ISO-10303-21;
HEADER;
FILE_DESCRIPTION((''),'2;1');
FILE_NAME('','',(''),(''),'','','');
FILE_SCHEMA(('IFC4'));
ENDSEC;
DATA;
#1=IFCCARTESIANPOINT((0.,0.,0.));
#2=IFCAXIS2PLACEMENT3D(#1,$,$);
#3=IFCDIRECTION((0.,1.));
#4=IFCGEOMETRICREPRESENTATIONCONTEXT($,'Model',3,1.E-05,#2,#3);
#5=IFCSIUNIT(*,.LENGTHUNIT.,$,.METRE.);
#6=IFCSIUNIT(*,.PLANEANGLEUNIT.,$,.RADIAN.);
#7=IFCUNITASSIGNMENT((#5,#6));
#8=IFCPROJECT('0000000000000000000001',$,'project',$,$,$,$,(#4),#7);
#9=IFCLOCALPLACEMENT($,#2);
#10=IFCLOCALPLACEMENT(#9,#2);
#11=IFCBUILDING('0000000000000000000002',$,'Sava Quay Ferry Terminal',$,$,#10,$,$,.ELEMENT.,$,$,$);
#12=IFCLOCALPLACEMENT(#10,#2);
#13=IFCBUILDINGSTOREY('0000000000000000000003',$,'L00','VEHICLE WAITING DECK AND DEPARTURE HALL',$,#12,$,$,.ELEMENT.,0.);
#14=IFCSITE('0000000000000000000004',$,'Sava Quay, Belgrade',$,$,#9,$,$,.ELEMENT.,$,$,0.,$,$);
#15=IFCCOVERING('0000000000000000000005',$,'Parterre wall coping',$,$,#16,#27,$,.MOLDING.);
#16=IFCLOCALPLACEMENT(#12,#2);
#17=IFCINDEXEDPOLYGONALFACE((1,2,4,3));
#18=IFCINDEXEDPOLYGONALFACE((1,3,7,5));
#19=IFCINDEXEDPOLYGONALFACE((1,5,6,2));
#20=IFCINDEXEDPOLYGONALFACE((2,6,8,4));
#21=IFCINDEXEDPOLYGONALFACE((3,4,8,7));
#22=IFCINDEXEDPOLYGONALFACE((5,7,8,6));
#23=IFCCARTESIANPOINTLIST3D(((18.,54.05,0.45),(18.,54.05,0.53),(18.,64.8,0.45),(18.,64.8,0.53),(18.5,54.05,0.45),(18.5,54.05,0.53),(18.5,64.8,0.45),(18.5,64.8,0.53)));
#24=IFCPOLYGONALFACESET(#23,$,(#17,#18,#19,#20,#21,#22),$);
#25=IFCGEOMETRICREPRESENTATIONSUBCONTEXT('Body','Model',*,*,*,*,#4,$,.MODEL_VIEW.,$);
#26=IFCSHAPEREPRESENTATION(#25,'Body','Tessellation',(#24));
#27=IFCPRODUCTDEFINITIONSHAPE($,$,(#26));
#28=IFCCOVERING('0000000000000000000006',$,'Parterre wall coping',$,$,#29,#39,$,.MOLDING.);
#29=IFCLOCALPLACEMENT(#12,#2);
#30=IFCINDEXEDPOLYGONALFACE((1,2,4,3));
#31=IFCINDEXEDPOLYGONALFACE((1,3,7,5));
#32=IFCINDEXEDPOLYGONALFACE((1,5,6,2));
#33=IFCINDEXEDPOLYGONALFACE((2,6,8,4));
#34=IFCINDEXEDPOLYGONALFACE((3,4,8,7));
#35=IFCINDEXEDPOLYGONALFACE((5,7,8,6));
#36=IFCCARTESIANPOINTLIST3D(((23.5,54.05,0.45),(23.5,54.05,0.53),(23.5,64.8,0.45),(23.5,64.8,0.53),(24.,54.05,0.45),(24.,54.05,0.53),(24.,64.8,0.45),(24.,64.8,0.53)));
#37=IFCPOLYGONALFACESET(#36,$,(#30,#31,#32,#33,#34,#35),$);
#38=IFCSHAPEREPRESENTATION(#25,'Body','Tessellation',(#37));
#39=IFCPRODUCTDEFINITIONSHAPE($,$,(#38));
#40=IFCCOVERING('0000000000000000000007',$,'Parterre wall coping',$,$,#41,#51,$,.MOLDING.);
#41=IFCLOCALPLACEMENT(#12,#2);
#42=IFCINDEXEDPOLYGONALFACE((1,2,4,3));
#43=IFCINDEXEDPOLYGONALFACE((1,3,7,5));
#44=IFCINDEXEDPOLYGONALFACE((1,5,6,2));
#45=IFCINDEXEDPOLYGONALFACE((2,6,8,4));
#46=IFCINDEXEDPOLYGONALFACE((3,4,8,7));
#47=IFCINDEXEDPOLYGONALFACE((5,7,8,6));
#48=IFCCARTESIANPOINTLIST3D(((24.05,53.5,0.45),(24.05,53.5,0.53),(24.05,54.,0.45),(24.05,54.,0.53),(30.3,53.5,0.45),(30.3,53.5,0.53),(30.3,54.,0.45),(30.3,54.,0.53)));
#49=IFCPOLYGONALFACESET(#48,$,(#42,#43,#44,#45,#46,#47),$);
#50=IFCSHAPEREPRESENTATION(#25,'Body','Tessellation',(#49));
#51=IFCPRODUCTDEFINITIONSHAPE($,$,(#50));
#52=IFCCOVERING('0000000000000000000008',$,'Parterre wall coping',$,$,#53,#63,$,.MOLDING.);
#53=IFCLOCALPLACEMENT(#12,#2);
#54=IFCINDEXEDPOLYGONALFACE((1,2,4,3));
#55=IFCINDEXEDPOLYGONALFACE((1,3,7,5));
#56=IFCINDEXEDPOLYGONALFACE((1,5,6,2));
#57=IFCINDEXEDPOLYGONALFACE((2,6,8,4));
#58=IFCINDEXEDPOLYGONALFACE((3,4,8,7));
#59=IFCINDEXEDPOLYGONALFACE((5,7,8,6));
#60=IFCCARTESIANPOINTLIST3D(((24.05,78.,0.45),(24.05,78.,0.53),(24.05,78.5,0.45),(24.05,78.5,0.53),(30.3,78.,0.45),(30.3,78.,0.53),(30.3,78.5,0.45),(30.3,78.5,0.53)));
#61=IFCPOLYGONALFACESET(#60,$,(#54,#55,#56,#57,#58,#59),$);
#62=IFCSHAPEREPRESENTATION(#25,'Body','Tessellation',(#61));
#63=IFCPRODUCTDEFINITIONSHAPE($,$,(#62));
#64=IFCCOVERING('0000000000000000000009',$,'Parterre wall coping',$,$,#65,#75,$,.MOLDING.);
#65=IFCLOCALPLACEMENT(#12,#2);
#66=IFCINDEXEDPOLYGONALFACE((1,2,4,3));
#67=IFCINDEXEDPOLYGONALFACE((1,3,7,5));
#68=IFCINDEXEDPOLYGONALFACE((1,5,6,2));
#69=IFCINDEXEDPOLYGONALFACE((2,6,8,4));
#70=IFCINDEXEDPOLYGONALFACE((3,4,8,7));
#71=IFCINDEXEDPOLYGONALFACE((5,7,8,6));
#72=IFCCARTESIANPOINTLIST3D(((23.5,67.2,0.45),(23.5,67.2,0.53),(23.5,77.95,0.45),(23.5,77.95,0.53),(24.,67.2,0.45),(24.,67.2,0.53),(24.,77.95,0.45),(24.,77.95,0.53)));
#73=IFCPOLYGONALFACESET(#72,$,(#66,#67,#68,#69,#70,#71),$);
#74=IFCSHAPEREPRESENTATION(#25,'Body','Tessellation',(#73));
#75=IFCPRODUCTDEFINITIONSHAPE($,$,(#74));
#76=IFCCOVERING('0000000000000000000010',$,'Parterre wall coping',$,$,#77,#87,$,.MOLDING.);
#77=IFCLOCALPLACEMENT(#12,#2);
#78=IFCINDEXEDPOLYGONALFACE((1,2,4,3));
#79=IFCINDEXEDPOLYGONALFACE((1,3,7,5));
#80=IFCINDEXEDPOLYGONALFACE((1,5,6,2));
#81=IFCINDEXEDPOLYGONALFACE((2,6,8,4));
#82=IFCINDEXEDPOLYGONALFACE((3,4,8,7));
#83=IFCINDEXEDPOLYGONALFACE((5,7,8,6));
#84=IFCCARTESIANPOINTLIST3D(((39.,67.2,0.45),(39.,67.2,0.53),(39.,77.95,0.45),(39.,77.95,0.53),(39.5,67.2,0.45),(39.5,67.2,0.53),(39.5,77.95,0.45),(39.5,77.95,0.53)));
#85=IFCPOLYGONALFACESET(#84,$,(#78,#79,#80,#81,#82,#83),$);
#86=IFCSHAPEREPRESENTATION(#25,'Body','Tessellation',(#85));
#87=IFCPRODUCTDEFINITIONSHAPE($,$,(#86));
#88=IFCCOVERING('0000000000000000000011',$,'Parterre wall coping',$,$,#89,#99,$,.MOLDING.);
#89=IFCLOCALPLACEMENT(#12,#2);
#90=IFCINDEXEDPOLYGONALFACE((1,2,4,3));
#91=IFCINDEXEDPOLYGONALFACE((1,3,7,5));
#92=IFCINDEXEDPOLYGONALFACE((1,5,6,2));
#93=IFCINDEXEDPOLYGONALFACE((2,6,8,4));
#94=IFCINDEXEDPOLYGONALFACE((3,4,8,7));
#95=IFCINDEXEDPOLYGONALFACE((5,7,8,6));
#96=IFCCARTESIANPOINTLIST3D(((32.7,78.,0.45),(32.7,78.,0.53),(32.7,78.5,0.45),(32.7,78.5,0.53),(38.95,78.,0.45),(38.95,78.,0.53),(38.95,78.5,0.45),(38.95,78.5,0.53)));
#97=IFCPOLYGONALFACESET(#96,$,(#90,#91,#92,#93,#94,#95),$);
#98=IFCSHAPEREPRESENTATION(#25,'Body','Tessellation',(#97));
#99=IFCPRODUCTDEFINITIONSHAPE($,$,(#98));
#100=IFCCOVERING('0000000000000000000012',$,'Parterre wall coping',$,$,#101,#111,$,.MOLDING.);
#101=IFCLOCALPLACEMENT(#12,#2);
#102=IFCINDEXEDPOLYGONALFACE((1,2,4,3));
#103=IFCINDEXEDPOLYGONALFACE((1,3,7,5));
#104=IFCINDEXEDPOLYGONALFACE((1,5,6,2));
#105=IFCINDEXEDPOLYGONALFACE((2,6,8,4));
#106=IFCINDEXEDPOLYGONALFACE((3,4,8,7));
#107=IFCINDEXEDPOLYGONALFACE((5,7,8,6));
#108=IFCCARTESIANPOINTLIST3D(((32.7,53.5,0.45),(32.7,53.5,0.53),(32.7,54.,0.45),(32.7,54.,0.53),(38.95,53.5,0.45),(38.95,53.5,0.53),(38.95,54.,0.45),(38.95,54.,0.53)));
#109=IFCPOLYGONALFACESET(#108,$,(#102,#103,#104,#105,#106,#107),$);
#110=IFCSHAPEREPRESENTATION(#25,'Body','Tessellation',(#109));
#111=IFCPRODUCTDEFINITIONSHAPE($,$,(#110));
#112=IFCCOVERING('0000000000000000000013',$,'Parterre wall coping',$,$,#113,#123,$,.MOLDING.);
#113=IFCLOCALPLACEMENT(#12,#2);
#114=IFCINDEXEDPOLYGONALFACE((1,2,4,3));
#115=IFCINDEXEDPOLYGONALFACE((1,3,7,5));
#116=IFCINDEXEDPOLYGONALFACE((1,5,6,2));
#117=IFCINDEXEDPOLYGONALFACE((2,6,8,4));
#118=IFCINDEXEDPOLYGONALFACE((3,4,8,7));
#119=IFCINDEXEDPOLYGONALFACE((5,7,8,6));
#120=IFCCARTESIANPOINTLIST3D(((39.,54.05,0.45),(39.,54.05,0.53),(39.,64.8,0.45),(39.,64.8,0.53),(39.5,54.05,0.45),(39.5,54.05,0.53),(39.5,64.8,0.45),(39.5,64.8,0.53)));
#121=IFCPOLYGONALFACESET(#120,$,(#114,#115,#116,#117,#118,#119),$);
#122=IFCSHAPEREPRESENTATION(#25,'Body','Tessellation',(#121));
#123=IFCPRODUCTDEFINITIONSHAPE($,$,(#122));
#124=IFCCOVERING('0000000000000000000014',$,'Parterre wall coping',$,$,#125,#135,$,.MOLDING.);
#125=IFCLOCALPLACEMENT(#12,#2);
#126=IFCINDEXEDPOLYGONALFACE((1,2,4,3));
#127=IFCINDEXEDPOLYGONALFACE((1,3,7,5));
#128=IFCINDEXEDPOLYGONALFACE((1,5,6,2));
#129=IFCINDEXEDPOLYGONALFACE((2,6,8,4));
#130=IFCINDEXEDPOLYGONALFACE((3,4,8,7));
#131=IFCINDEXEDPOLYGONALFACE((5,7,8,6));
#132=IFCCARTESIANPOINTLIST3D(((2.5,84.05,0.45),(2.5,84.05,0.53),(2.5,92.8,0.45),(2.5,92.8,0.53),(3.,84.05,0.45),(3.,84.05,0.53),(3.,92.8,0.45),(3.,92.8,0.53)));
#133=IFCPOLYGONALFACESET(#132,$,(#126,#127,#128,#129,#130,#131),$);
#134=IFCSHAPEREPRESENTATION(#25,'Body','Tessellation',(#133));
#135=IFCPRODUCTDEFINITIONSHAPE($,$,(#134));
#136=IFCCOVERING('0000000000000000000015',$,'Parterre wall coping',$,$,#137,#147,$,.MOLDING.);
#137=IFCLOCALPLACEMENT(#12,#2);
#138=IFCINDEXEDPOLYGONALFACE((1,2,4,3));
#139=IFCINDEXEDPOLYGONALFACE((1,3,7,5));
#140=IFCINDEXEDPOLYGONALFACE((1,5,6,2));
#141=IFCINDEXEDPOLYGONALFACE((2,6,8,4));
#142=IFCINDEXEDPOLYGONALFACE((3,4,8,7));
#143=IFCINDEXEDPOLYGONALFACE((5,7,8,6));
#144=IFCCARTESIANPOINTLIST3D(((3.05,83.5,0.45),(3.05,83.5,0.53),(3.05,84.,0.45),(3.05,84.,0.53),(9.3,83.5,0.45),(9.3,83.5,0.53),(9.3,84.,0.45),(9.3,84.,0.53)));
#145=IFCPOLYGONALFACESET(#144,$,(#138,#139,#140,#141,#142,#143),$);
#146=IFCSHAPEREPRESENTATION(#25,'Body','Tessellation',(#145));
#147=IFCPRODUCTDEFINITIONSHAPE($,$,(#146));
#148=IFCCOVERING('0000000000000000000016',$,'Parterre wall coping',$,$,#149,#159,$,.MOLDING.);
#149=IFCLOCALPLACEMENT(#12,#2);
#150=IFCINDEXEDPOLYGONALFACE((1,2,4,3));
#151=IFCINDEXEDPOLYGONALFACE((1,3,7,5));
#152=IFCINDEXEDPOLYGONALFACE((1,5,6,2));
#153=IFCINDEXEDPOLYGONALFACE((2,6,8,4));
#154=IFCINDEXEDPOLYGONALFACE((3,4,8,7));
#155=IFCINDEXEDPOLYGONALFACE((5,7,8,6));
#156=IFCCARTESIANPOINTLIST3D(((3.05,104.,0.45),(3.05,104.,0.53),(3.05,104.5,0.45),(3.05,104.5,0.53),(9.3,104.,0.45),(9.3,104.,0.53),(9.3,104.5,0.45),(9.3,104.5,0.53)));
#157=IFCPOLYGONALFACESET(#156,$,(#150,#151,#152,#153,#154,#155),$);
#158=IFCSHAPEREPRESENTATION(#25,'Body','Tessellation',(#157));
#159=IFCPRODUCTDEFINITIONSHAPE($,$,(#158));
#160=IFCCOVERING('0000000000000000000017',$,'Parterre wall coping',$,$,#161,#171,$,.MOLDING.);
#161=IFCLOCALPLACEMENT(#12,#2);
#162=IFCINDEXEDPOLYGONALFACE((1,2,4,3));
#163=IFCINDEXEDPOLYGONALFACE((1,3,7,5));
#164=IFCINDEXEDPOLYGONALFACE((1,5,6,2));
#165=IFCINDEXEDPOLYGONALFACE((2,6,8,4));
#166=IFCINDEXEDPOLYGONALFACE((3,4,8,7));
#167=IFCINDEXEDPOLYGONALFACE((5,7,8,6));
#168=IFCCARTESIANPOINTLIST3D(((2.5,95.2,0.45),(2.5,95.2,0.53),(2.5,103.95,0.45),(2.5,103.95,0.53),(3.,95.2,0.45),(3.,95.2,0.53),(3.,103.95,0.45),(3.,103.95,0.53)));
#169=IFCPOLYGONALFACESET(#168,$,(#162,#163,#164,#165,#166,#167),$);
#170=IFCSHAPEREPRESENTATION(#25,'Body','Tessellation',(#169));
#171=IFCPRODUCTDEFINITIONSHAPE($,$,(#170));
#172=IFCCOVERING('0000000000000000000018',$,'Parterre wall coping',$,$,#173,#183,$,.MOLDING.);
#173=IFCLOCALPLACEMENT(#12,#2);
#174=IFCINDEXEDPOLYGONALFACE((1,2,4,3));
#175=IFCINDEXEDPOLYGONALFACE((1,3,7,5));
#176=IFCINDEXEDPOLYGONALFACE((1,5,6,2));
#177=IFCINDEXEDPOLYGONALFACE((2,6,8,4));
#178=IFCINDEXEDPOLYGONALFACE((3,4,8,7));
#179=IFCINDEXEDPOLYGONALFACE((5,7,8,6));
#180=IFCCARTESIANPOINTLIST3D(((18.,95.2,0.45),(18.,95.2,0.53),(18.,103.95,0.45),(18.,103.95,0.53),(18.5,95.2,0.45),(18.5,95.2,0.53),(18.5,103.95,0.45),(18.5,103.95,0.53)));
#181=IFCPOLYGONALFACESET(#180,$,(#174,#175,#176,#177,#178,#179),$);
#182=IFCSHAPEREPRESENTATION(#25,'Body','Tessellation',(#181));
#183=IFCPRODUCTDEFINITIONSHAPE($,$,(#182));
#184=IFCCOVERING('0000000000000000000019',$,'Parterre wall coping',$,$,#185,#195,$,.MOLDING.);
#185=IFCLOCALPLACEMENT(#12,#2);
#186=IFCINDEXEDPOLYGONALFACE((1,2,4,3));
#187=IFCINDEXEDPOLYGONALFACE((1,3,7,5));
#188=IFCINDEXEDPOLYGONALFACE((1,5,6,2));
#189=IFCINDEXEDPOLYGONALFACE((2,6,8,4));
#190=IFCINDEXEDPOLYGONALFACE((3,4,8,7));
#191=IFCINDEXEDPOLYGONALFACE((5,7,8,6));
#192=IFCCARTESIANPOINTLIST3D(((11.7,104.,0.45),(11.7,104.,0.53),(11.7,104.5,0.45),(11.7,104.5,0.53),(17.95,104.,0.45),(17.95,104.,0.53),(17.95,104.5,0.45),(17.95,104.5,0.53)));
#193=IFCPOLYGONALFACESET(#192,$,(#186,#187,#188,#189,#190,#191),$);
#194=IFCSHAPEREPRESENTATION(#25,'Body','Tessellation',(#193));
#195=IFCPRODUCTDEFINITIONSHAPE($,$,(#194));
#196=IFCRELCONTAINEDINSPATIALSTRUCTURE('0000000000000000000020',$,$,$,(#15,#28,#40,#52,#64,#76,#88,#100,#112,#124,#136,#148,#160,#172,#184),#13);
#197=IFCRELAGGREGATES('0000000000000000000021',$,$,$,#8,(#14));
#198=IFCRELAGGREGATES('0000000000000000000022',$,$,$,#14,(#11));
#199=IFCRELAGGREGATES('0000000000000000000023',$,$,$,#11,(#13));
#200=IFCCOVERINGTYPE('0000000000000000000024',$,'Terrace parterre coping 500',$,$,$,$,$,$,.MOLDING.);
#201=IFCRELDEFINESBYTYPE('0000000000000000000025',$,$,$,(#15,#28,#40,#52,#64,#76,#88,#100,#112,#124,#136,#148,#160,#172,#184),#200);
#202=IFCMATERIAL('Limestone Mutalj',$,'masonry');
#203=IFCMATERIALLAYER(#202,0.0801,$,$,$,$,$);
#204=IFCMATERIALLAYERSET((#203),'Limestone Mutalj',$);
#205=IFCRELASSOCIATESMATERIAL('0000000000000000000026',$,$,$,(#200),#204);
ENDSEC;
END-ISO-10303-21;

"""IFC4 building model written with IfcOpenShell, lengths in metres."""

from ifc_helpers import new_model, si_unit, direction, frame, origin, place, context, subcontext, project, spatial, polyline, outline, extrude, material, layer, layer_set, type_object, element, save


model = new_model("IFC4")

# Units and contexts
model_context = context("Model", 3, precision=1e-05, world=origin(), true_north=direction((0.0, 1.0)))
body_context = subcontext(model_context, "Body", "Model", "MODEL_VIEW")
ifc_project = project(units=[si_unit("LENGTHUNIT", "METRE"), si_unit("PLANEANGLEUNIT", "RADIAN")], contexts=[model_context])

# Site, building, storey
site_placement = place(None, origin())
site = spatial("IfcSite", under=ifc_project, at=site_placement, Name="Sava Quay, Belgrade", CompositionType="ELEMENT", RefElevation=0.0)
building_placement = place(site_placement, origin())
building = spatial("IfcBuilding", under=site, at=building_placement, Name="Sava Quay Ferry Terminal", CompositionType="ELEMENT")
storey_placement = place(building_placement, origin())
storey = spatial("IfcBuildingStorey", under=building, at=storey_placement, Name="L00", Description="VEHICLE WAITING DECK AND DEPARTURE HALL", CompositionType="ELEMENT", Elevation=0.0)

# Coverings
ifc_material_1 = material(Name="Limestone Mutalj", Category="masonry")
ifc_layer_1 = layer(ifc_material_1, 0.0801)
ifc_layer_set_1 = layer_set([ifc_layer_1], Name="Limestone Mutalj")
covering_type_1 = type_object("IfcCoveringType", Name="Terrace parterre coping 500", PredefinedType="MOLDING", material=ifc_layer_set_1)
covering_1_placement = place(storey_placement, frame((0.0, 0.0, 0.45)))
element("IfcCovering", 1, at=covering_1_placement, inside=storey, type_object=covering_type_1, Name="Parterre wall coping", PredefinedType="MOLDING", context=body_context, shape_type="SweptSolid", body=[
    extrude(outline(polyline([(18.5, 64.8), (18.0, 64.8), (18.0, 54.05), (18.5, 54.05), (18.5, 64.8)])), origin(), (0.0, 0.0, 1.0), 0.0801),
])
covering_2_placement = place(storey_placement, frame((0.0, 0.0, 0.45)))
element("IfcCovering", 2, at=covering_2_placement, inside=storey, type_object=covering_type_1, Name="Parterre wall coping", PredefinedType="MOLDING", context=body_context, shape_type="SweptSolid", body=[
    extrude(outline(polyline([(24.0, 54.05), (24.0, 64.8), (23.5, 64.8), (23.5, 54.05), (24.0, 54.05)])), origin(), (0.0, 0.0, 1.0), 0.0801),
])
covering_3_placement = place(storey_placement, frame((0.0, 0.0, 0.45)))
element("IfcCovering", 3, at=covering_3_placement, inside=storey, type_object=covering_type_1, Name="Parterre wall coping", PredefinedType="MOLDING", context=body_context, shape_type="SweptSolid", body=[
    extrude(outline(polyline([(30.3, 53.5), (30.3, 54.0), (24.05, 54.0), (24.05, 53.5), (30.3, 53.5)])), origin(), (0.0, 0.0, 1.0), 0.0801),
])
covering_4_placement = place(storey_placement, frame((0.0, 0.0, 0.45)))
element("IfcCovering", 4, at=covering_4_placement, inside=storey, type_object=covering_type_1, Name="Parterre wall coping", PredefinedType="MOLDING", context=body_context, shape_type="SweptSolid", body=[
    extrude(outline(polyline([(30.3, 78.0), (30.3, 78.5), (24.05, 78.5), (24.05, 78.0), (30.3, 78.0)])), origin(), (0.0, 0.0, 1.0), 0.0801),
])
covering_5_placement = place(storey_placement, frame((0.0, 0.0, 0.45)))
element("IfcCovering", 5, at=covering_5_placement, inside=storey, type_object=covering_type_1, Name="Parterre wall coping", PredefinedType="MOLDING", context=body_context, shape_type="SweptSolid", body=[
    extrude(outline(polyline([(23.5, 67.2), (24.0, 67.2), (24.0, 77.95), (23.5, 77.95), (23.5, 67.2)])), origin(), (0.0, 0.0, 1.0), 0.0801),
])
covering_6_placement = place(storey_placement, frame((0.0, 0.0, 0.45)))
element("IfcCovering", 6, at=covering_6_placement, inside=storey, type_object=covering_type_1, Name="Parterre wall coping", PredefinedType="MOLDING", context=body_context, shape_type="SweptSolid", body=[
    extrude(outline(polyline([(39.0, 67.2), (39.5, 67.2), (39.5, 77.95), (39.0, 77.95), (39.0, 67.2)])), origin(), (0.0, 0.0, 1.0), 0.0801),
])
covering_7_placement = place(storey_placement, frame((0.0, 0.0, 0.45)))
element("IfcCovering", 7, at=covering_7_placement, inside=storey, type_object=covering_type_1, Name="Parterre wall coping", PredefinedType="MOLDING", context=body_context, shape_type="SweptSolid", body=[
    extrude(outline(polyline([(32.7, 78.5), (32.7, 78.0), (38.95, 78.0), (38.95, 78.5), (32.7, 78.5)])), origin(), (0.0, 0.0, 1.0), 0.0801),
])
covering_8_placement = place(storey_placement, frame((0.0, 0.0, 0.45)))
element("IfcCovering", 8, at=covering_8_placement, inside=storey, type_object=covering_type_1, Name="Parterre wall coping", PredefinedType="MOLDING", context=body_context, shape_type="SweptSolid", body=[
    extrude(outline(polyline([(32.7, 54.0), (32.7, 53.5), (38.95, 53.5), (38.95, 54.0), (32.7, 54.0)])), origin(), (0.0, 0.0, 1.0), 0.0801),
])
covering_9_placement = place(storey_placement, frame((0.0, 0.0, 0.45)))
element("IfcCovering", 9, at=covering_9_placement, inside=storey, type_object=covering_type_1, Name="Parterre wall coping", PredefinedType="MOLDING", context=body_context, shape_type="SweptSolid", body=[
    extrude(outline(polyline([(39.5, 64.8), (39.0, 64.8), (39.0, 54.05), (39.5, 54.05), (39.5, 64.8)])), origin(), (0.0, 0.0, 1.0), 0.0801),
])
covering_10_placement = place(storey_placement, frame((0.0, 0.0, 0.45)))
element("IfcCovering", 10, at=covering_10_placement, inside=storey, type_object=covering_type_1, Name="Parterre wall coping", PredefinedType="MOLDING", context=body_context, shape_type="SweptSolid", body=[
    extrude(outline(polyline([(3.0, 84.05), (3.0, 92.8), (2.5, 92.8), (2.5, 84.05), (3.0, 84.05)])), origin(), (0.0, 0.0, 1.0), 0.0801),
])
covering_11_placement = place(storey_placement, frame((0.0, 0.0, 0.45)))
element("IfcCovering", 11, at=covering_11_placement, inside=storey, type_object=covering_type_1, Name="Parterre wall coping", PredefinedType="MOLDING", context=body_context, shape_type="SweptSolid", body=[
    extrude(outline(polyline([(9.3, 83.5), (9.3, 84.0), (3.05, 84.0), (3.05, 83.5), (9.3, 83.5)])), origin(), (0.0, 0.0, 1.0), 0.0801),
])
covering_12_placement = place(storey_placement, frame((0.0, 0.0, 0.45)))
element("IfcCovering", 12, at=covering_12_placement, inside=storey, type_object=covering_type_1, Name="Parterre wall coping", PredefinedType="MOLDING", context=body_context, shape_type="SweptSolid", body=[
    extrude(outline(polyline([(9.3, 104.0), (9.3, 104.5), (3.05, 104.5), (3.05, 104.0), (9.3, 104.0)])), origin(), (0.0, 0.0, 1.0), 0.0801),
])
covering_13_placement = place(storey_placement, frame((0.0, 0.0, 0.45)))
element("IfcCovering", 13, at=covering_13_placement, inside=storey, type_object=covering_type_1, Name="Parterre wall coping", PredefinedType="MOLDING", context=body_context, shape_type="SweptSolid", body=[
    extrude(outline(polyline([(2.5, 95.2), (3.0, 95.2), (3.0, 103.95), (2.5, 103.95), (2.5, 95.2)])), origin(), (0.0, 0.0, 1.0), 0.0801),
])
covering_14_placement = place(storey_placement, frame((0.0, 0.0, 0.45)))
element("IfcCovering", 14, at=covering_14_placement, inside=storey, type_object=covering_type_1, Name="Parterre wall coping", PredefinedType="MOLDING", context=body_context, shape_type="SweptSolid", body=[
    extrude(outline(polyline([(18.0, 95.2), (18.5, 95.2), (18.5, 103.95), (18.0, 103.95), (18.0, 95.2)])), origin(), (0.0, 0.0, 1.0), 0.0801),
])
covering_15_placement = place(storey_placement, frame((0.0, 0.0, 0.45)))
element("IfcCovering", 15, at=covering_15_placement, inside=storey, type_object=covering_type_1, Name="Parterre wall coping", PredefinedType="MOLDING", context=body_context, shape_type="SweptSolid", body=[
    extrude(outline(polyline([(11.7, 104.5), (11.7, 104.0), (17.95, 104.0), (17.95, 104.5), (11.7, 104.5)])), origin(), (0.0, 0.0, 1.0), 0.0801),
])

save(model, "model.ifc")
